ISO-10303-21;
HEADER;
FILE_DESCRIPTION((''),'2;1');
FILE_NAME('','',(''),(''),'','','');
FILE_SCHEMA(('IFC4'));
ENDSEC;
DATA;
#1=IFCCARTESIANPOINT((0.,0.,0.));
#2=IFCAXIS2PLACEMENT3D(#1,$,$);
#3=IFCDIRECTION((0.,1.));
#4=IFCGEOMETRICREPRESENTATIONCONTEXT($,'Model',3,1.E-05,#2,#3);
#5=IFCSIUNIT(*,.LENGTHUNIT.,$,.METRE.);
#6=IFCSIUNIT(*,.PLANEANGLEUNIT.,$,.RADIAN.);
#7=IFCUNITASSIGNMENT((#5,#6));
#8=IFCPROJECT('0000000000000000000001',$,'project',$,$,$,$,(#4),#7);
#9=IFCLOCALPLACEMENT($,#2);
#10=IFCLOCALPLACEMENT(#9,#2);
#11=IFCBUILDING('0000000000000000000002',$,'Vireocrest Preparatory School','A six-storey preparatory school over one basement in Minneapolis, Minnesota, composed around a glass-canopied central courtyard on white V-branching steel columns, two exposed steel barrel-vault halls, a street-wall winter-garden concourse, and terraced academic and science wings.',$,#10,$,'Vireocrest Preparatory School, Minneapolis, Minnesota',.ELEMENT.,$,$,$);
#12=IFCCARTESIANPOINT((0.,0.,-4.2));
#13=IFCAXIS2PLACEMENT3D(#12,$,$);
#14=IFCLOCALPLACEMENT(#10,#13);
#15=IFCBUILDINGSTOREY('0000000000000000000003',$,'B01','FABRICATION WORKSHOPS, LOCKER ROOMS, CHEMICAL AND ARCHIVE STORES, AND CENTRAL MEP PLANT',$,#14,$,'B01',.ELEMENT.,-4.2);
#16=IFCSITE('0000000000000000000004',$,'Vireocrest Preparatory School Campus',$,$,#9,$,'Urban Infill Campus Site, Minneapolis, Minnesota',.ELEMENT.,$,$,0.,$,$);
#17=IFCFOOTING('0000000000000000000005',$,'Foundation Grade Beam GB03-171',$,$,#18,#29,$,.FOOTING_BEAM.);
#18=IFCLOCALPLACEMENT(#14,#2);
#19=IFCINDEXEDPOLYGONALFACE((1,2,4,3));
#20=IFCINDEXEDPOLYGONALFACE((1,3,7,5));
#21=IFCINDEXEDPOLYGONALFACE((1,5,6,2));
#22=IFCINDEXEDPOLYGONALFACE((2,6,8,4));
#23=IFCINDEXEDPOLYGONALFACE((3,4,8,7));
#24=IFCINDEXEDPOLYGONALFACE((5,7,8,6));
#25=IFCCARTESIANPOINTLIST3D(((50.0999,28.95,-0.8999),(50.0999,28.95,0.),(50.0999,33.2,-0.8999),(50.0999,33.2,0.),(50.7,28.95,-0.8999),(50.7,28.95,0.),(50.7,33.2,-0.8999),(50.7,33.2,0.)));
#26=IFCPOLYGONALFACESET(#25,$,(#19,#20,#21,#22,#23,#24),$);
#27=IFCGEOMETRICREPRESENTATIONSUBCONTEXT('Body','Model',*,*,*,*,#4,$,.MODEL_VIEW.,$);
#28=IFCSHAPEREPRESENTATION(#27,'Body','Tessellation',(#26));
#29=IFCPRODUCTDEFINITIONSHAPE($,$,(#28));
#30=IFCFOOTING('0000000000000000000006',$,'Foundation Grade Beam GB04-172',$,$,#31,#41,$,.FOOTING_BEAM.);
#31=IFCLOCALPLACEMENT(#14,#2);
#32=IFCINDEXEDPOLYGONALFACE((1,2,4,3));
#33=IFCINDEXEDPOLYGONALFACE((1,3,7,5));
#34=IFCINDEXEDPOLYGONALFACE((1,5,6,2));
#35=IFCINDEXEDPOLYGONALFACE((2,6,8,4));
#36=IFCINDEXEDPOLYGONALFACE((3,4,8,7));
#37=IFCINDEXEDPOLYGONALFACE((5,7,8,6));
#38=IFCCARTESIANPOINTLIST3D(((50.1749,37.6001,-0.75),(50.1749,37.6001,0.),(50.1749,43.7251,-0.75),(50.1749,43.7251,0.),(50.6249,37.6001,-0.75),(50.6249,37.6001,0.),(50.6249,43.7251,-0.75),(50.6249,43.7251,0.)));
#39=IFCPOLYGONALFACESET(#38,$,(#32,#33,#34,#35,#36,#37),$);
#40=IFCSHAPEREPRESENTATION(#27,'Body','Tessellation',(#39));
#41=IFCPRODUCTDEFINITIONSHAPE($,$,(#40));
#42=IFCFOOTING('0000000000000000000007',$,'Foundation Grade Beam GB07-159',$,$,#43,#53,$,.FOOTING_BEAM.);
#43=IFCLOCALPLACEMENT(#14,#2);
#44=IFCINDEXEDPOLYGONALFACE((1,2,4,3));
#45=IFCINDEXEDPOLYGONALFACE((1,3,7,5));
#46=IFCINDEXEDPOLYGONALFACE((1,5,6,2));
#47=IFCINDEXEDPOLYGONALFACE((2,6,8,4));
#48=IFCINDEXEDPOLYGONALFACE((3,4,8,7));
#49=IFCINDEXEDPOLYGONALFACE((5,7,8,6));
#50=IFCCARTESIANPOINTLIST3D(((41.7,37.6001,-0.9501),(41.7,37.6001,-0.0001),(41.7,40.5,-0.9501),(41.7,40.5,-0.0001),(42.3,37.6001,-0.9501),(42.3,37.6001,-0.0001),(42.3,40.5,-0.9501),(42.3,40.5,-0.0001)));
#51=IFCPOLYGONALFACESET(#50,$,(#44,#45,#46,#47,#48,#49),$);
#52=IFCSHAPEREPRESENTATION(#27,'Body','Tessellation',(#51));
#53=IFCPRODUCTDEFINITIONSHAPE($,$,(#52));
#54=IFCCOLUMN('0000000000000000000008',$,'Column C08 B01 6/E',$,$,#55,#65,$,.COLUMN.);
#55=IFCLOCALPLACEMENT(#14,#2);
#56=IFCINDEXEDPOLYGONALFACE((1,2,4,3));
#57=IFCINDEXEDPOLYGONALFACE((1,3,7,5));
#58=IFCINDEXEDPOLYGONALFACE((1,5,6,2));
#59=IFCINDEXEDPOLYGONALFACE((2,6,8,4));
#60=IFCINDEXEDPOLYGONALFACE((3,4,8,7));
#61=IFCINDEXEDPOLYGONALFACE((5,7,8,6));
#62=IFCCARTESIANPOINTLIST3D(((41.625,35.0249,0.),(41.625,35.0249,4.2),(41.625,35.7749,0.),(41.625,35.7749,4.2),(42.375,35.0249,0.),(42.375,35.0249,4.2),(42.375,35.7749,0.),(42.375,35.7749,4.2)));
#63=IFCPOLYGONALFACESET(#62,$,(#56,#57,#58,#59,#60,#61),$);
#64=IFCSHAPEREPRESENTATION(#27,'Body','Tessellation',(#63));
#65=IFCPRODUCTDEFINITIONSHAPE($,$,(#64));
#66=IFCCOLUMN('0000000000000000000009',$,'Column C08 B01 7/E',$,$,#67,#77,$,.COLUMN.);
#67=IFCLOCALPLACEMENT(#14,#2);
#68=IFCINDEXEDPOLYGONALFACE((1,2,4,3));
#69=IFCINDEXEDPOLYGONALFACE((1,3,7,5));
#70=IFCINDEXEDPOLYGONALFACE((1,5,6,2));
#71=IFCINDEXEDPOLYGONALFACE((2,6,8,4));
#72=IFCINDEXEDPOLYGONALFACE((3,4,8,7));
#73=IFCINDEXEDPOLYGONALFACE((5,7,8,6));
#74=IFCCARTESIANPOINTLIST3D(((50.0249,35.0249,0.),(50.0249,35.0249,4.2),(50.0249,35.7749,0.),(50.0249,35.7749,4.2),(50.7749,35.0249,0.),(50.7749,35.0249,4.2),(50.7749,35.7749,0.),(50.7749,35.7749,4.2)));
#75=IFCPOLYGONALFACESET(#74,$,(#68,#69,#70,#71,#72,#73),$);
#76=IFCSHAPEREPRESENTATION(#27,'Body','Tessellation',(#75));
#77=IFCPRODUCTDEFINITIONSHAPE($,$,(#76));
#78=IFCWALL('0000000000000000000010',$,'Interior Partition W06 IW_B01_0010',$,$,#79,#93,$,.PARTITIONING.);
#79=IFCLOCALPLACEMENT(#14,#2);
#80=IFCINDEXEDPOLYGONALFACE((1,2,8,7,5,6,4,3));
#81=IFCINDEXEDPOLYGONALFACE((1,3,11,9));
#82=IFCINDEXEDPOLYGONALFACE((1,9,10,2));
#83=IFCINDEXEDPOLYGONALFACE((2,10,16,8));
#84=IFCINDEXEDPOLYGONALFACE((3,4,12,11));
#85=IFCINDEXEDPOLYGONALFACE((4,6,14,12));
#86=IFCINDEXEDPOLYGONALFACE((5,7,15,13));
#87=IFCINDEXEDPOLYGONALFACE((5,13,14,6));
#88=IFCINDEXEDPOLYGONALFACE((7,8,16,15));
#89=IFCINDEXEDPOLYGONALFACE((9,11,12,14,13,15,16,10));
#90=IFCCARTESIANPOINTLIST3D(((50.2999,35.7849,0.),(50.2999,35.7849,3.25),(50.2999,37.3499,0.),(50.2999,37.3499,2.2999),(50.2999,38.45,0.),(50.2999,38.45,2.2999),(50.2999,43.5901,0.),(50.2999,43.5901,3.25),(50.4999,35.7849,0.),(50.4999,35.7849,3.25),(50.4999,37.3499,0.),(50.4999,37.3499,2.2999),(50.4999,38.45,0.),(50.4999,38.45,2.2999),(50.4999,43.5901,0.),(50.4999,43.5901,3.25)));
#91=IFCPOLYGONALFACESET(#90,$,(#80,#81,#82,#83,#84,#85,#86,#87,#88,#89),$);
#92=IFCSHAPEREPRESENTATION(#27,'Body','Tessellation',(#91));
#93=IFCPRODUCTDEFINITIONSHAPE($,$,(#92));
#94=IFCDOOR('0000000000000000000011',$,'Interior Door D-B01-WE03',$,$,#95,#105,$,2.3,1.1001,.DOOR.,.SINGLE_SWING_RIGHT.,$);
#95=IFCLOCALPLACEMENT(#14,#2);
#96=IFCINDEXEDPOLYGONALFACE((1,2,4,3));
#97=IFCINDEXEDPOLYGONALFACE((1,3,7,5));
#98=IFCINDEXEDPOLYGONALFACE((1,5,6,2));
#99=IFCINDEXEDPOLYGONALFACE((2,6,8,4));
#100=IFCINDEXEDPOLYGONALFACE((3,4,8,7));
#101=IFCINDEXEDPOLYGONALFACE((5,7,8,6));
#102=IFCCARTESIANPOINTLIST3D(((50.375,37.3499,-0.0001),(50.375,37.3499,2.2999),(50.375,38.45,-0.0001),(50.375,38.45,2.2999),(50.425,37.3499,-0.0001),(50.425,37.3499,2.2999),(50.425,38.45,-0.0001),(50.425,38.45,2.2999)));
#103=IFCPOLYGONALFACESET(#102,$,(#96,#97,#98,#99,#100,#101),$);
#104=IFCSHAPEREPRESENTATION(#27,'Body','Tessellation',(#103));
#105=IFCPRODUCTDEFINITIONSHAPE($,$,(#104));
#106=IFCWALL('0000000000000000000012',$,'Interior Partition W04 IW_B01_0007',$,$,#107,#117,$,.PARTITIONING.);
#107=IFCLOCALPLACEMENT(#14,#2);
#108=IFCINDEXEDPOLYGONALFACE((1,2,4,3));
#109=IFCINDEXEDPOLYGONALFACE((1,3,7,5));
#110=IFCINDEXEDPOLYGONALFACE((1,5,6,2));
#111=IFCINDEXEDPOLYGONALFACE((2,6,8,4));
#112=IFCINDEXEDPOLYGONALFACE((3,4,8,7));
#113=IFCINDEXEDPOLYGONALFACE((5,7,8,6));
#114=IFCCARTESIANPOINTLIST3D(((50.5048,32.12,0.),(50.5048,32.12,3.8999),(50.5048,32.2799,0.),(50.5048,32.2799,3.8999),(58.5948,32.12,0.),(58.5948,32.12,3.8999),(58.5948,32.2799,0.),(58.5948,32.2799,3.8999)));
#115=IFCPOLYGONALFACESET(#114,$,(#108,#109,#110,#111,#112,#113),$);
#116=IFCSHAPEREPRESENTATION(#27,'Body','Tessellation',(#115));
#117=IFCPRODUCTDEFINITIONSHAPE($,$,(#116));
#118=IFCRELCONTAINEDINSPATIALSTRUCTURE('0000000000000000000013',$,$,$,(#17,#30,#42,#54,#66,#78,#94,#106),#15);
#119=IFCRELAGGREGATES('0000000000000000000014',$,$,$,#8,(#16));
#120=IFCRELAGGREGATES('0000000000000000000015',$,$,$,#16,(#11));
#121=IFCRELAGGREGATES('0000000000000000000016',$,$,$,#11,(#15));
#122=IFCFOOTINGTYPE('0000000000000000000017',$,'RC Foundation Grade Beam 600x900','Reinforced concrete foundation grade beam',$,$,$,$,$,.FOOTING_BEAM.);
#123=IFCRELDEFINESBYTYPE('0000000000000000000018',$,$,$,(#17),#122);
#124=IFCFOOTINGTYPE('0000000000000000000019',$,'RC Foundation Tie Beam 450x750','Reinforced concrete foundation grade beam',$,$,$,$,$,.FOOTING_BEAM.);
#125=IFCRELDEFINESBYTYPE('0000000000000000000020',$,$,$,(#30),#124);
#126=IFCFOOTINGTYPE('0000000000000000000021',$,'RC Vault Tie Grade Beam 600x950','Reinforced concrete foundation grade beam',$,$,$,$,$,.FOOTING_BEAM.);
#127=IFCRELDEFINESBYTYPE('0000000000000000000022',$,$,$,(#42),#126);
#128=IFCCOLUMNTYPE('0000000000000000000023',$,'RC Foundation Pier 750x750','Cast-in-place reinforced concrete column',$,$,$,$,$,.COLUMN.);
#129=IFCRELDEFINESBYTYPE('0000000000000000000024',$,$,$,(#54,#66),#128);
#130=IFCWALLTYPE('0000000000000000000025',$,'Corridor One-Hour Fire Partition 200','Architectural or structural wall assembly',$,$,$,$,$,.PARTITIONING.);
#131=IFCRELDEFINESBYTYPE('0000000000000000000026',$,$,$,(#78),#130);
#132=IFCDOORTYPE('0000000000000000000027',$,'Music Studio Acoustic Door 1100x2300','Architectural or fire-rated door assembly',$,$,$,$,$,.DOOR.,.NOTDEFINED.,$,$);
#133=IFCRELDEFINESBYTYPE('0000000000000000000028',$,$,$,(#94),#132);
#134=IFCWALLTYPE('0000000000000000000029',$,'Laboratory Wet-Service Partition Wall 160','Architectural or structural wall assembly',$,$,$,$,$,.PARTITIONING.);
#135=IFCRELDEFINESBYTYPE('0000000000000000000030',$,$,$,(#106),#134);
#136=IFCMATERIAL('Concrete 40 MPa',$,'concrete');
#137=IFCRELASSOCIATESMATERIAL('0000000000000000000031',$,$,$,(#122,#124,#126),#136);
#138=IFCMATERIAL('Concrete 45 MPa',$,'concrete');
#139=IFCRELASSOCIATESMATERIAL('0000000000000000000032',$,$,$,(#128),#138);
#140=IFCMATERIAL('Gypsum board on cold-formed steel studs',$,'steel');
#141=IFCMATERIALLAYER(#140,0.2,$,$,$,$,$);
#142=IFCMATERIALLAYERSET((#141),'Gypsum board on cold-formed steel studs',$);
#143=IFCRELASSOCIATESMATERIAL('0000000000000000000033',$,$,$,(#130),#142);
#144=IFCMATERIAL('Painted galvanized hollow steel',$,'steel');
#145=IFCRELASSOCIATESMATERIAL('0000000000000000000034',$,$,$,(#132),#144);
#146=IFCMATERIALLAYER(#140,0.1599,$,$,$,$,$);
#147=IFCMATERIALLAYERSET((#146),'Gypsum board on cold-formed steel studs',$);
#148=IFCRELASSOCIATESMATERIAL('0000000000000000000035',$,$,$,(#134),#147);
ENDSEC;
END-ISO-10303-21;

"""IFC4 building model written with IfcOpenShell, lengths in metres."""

from ifc_helpers import new_model, si_unit, direction, frame, frame_2d, origin, origin_2d, place, context, subcontext, project, spatial, rectangle, extrude, material, layer, layer_set, material_profile, profile_set, type_object, element, fill, save


model = new_model("IFC4")

# Units and contexts
model_context = context("Model", 3, precision=1e-05, world=origin(), true_north=direction((0.0, 1.0)))
body_context = subcontext(model_context, "Body", "Model", "MODEL_VIEW")
ifc_project = project(units=[si_unit("LENGTHUNIT", "METRE"), si_unit("PLANEANGLEUNIT", "RADIAN")], contexts=[model_context])

# Site, building, storey
site_placement = place(None, origin())
site = spatial("IfcSite", under=ifc_project, at=site_placement, Name="Vireocrest Preparatory School Campus", LongName="Urban Infill Campus Site, Minneapolis, Minnesota", CompositionType="ELEMENT", RefElevation=0.0)
building_placement = place(site_placement, origin())
building = spatial("IfcBuilding", under=site, at=building_placement, Name="Vireocrest Preparatory School", Description="A six-storey preparatory school over one basement in Minneapolis, Minnesota, composed around a glass-canopied central courtyard on white V-branching steel columns, two exposed steel barrel-vault halls, a street-wall winter-garden concourse, and terraced academic and science wings.", LongName="Vireocrest Preparatory School, Minneapolis, Minnesota", CompositionType="ELEMENT")
storey_placement = place(building_placement, frame((0.0, 0.0, -4.2)))
storey = spatial("IfcBuildingStorey", under=building, at=storey_placement, Name="B01", Description="FABRICATION WORKSHOPS, LOCKER ROOMS, CHEMICAL AND ARCHIVE STORES, AND CENTRAL MEP PLANT", LongName="B01", CompositionType="ELEMENT", Elevation=-4.2)

# Shared definitions
ifc_material_1 = material(Name="Concrete 40 MPa", Category="concrete")

# Footings
ifc_material_profile_1 = material_profile(ifc_material_1, rectangle(XDim=0.6001, YDim=0.8999, at=origin_2d()), Name="GB 600x900")
ifc_profile_set_1 = profile_set([ifc_material_profile_1], Name="Concrete 40 MPa")
footing_type_1 = type_object("IfcFootingType", Name="RC Foundation Grade Beam 600x900", Description="Reinforced concrete foundation grade beam", PredefinedType="FOOTING_BEAM", material=ifc_profile_set_1)
footing_1_placement = place(storey_placement, frame((50.3999, 28.95, -0.45), z_axis=(0.0, 1.0, 0.0), x_axis=(-1.0, 0.0, 0.0)))
element("IfcFooting", 1, at=footing_1_placement, inside=storey, type_object=footing_type_1, Name="Foundation Grade Beam GB03-171", PredefinedType="FOOTING_BEAM", context=body_context, shape_type="SweptSolid", body=[
    extrude(rectangle(XDim=0.6001, YDim=0.8999, at=origin_2d()), origin(), (0.0, 0.0, 1.0), 4.25),
])
ifc_material_profile_2 = material_profile(ifc_material_1, rectangle(XDim=0.45, YDim=0.75, at=origin_2d()), Name="GB 450x750")
ifc_profile_set_2 = profile_set([ifc_material_profile_2], Name="Concrete 40 MPa")
footing_type_2 = type_object("IfcFootingType", Name="RC Foundation Tie Beam 450x750", Description="Reinforced concrete foundation grade beam", PredefinedType="FOOTING_BEAM", material=ifc_profile_set_2)
footing_2_placement = place(storey_placement, frame((50.3999, 37.6001, -0.375), z_axis=(0.0, 1.0, 0.0), x_axis=(-1.0, 0.0, 0.0)))
element("IfcFooting", 2, at=footing_2_placement, inside=storey, type_object=footing_type_2, Name="Foundation Grade Beam GB04-172", PredefinedType="FOOTING_BEAM", context=body_context, shape_type="SweptSolid", body=[
    extrude(rectangle(XDim=0.45, YDim=0.75, at=origin_2d()), origin(), (0.0, 0.0, 1.0), 6.125),
])
ifc_material_profile_3 = material_profile(ifc_material_1, rectangle(XDim=0.6001, YDim=0.95, at=origin_2d()), Name="GB 600x950")
ifc_profile_set_3 = profile_set([ifc_material_profile_3], Name="Concrete 40 MPa")
footing_type_3 = type_object("IfcFootingType", Name="RC Vault Tie Grade Beam 600x950", Description="Reinforced concrete foundation grade beam", PredefinedType="FOOTING_BEAM", material=ifc_profile_set_3)
footing_3_placement = place(storey_placement, frame((42.0, 37.6001, -0.4751), z_axis=(0.0, 1.0, 0.0), x_axis=(-1.0, 0.0, 0.0)))
element("IfcFooting", 3, at=footing_3_placement, inside=storey, type_object=footing_type_3, Name="Foundation Grade Beam GB07-159", PredefinedType="FOOTING_BEAM", context=body_context, shape_type="SweptSolid", body=[
    extrude(rectangle(XDim=0.6001, YDim=0.95, at=origin_2d()), origin(), (0.0, 0.0, 1.0), 2.8999),
])

# Columns
ifc_material_2 = material(Name="Concrete 45 MPa", Category="concrete")
ifc_material_profile_4 = material_profile(ifc_material_2, rectangle(XDim=0.75, YDim=0.75, at=origin_2d()), Name="RC 750x750")
ifc_profile_set_4 = profile_set([ifc_material_profile_4], Name="Concrete 45 MPa")
column_type = type_object("IfcColumnType", Name="RC Foundation Pier 750x750", Description="Cast-in-place reinforced concrete column", PredefinedType="COLUMN", material=ifc_profile_set_4)
for number, where, z_axis, x_axis, name in (
    (4, (42.0, 35.3999, 0.0), (0.0, 0.0, 1.0), (1.0, 0.0, 0.0), "Column C08 B01 6/E"),
    (5, (50.3999, 35.3999, 0.0), (0.0, 0.0, 1.0), (1.0, 0.0, 0.0), "Column C08 B01 7/E"),
):
    element("IfcColumn", number, at=place(storey_placement, frame(where, z_axis=z_axis, x_axis=x_axis)), inside=storey, type_object=column_type, Name=name, PredefinedType="COLUMN", context=body_context, shape_type="SweptSolid", body=[
        extrude(rectangle(XDim=0.75, YDim=0.75, at=origin_2d()), origin(), (0.0, 0.0, 1.0), 4.2),
    ])

# Wall, opening, door
ifc_material_3 = material(Name="Gypsum board on cold-formed steel studs", Category="steel")
ifc_layer_1 = layer(ifc_material_3, 0.2)
ifc_layer_set_1 = layer_set([ifc_layer_1], Name="Gypsum board on cold-formed steel studs")
wall_type_1 = type_object("IfcWallType", Name="Corridor One-Hour Fire Partition 200", Description="Architectural or structural wall assembly", PredefinedType="PARTITIONING", material=ifc_layer_set_1)
wall_1_placement = place(storey_placement, frame((50.3999, 35.7849, 0.0), z_axis=(0.0, 0.0, 1.0), x_axis=(0.0, 1.0, 0.0)))
wall_1 = element("IfcWall", 6, at=wall_1_placement, inside=storey, type_object=wall_type_1, Name="Interior Partition W06 IW_B01_0010", PredefinedType="PARTITIONING", context=body_context, shape_type="SweptSolid", body=[
    extrude(rectangle(XDim=7.8052, YDim=0.2, at=frame_2d((3.9026, 0.0))), origin(), (0.0, 0.0, 1.0), 3.25),
])
opening_placement = place(wall_1_placement, frame((1.5649, 0.0, 0.0)))
opening = element("IfcOpeningElement", 7, at=opening_placement, cuts=wall_1, PredefinedType="OPENING", context=body_context, shape_type="SweptSolid", body=[
    extrude(rectangle(XDim=1.1001, YDim=2.3, at=frame_2d((0.55, 1.1499))), frame((0.0, 0.1099, 0.0), z_axis=(0.0, -1.0, 0.0), x_axis=(1.0, 0.0, 0.0)), (0.0, 0.0, 1.0), 0.22),
])
ifc_material_4 = material(Name="Painted galvanized hollow steel", Category="steel")
door_type = type_object("IfcDoorType", Name="Music Studio Acoustic Door 1100x2300", Description="Architectural or fire-rated door assembly", OperationType="NOTDEFINED", PredefinedType="DOOR", material=ifc_material_4)
door_placement = place(opening_placement, origin())
door = element("IfcDoor", 8, at=door_placement, inside=storey, type_object=door_type, Name="Interior Door D-B01-WE03", OperationType="SINGLE_SWING_RIGHT", OverallHeight=2.3, OverallWidth=1.1001, PredefinedType="DOOR", context=body_context, shape_type="SweptSolid", body=[
    extrude(rectangle(XDim=1.1001, YDim=2.3, at=frame_2d((0.55, 1.1499))), frame((0.0, 0.0249, 0.0), z_axis=(0.0, -1.0, 0.0), x_axis=(1.0, 0.0, 0.0)), (0.0, 0.0, 1.0), 0.05),
])
fill(opening, door)

# Wall
ifc_layer_2 = layer(ifc_material_3, 0.1599)
ifc_layer_set_2 = layer_set([ifc_layer_2], Name="Gypsum board on cold-formed steel studs")
wall_type_2 = type_object("IfcWallType", Name="Laboratory Wet-Service Partition Wall 160", Description="Architectural or structural wall assembly", PredefinedType="PARTITIONING", material=ifc_layer_set_2)
wall_2_placement = place(storey_placement, frame((50.5049, 32.2, 0.0), z_axis=(0.0, 0.0, 1.0), x_axis=(1.0, 0.0, 0.0)))
element("IfcWall", 9, at=wall_2_placement, inside=storey, type_object=wall_type_2, Name="Interior Partition W04 IW_B01_0007", PredefinedType="PARTITIONING", context=body_context, shape_type="SweptSolid", body=[
    extrude(rectangle(XDim=8.0901, YDim=0.1599, at=frame_2d((4.0449, 0.0))), origin(), (0.0, 0.0, 1.0), 3.8999),
])

save(model, "model.ifc")
